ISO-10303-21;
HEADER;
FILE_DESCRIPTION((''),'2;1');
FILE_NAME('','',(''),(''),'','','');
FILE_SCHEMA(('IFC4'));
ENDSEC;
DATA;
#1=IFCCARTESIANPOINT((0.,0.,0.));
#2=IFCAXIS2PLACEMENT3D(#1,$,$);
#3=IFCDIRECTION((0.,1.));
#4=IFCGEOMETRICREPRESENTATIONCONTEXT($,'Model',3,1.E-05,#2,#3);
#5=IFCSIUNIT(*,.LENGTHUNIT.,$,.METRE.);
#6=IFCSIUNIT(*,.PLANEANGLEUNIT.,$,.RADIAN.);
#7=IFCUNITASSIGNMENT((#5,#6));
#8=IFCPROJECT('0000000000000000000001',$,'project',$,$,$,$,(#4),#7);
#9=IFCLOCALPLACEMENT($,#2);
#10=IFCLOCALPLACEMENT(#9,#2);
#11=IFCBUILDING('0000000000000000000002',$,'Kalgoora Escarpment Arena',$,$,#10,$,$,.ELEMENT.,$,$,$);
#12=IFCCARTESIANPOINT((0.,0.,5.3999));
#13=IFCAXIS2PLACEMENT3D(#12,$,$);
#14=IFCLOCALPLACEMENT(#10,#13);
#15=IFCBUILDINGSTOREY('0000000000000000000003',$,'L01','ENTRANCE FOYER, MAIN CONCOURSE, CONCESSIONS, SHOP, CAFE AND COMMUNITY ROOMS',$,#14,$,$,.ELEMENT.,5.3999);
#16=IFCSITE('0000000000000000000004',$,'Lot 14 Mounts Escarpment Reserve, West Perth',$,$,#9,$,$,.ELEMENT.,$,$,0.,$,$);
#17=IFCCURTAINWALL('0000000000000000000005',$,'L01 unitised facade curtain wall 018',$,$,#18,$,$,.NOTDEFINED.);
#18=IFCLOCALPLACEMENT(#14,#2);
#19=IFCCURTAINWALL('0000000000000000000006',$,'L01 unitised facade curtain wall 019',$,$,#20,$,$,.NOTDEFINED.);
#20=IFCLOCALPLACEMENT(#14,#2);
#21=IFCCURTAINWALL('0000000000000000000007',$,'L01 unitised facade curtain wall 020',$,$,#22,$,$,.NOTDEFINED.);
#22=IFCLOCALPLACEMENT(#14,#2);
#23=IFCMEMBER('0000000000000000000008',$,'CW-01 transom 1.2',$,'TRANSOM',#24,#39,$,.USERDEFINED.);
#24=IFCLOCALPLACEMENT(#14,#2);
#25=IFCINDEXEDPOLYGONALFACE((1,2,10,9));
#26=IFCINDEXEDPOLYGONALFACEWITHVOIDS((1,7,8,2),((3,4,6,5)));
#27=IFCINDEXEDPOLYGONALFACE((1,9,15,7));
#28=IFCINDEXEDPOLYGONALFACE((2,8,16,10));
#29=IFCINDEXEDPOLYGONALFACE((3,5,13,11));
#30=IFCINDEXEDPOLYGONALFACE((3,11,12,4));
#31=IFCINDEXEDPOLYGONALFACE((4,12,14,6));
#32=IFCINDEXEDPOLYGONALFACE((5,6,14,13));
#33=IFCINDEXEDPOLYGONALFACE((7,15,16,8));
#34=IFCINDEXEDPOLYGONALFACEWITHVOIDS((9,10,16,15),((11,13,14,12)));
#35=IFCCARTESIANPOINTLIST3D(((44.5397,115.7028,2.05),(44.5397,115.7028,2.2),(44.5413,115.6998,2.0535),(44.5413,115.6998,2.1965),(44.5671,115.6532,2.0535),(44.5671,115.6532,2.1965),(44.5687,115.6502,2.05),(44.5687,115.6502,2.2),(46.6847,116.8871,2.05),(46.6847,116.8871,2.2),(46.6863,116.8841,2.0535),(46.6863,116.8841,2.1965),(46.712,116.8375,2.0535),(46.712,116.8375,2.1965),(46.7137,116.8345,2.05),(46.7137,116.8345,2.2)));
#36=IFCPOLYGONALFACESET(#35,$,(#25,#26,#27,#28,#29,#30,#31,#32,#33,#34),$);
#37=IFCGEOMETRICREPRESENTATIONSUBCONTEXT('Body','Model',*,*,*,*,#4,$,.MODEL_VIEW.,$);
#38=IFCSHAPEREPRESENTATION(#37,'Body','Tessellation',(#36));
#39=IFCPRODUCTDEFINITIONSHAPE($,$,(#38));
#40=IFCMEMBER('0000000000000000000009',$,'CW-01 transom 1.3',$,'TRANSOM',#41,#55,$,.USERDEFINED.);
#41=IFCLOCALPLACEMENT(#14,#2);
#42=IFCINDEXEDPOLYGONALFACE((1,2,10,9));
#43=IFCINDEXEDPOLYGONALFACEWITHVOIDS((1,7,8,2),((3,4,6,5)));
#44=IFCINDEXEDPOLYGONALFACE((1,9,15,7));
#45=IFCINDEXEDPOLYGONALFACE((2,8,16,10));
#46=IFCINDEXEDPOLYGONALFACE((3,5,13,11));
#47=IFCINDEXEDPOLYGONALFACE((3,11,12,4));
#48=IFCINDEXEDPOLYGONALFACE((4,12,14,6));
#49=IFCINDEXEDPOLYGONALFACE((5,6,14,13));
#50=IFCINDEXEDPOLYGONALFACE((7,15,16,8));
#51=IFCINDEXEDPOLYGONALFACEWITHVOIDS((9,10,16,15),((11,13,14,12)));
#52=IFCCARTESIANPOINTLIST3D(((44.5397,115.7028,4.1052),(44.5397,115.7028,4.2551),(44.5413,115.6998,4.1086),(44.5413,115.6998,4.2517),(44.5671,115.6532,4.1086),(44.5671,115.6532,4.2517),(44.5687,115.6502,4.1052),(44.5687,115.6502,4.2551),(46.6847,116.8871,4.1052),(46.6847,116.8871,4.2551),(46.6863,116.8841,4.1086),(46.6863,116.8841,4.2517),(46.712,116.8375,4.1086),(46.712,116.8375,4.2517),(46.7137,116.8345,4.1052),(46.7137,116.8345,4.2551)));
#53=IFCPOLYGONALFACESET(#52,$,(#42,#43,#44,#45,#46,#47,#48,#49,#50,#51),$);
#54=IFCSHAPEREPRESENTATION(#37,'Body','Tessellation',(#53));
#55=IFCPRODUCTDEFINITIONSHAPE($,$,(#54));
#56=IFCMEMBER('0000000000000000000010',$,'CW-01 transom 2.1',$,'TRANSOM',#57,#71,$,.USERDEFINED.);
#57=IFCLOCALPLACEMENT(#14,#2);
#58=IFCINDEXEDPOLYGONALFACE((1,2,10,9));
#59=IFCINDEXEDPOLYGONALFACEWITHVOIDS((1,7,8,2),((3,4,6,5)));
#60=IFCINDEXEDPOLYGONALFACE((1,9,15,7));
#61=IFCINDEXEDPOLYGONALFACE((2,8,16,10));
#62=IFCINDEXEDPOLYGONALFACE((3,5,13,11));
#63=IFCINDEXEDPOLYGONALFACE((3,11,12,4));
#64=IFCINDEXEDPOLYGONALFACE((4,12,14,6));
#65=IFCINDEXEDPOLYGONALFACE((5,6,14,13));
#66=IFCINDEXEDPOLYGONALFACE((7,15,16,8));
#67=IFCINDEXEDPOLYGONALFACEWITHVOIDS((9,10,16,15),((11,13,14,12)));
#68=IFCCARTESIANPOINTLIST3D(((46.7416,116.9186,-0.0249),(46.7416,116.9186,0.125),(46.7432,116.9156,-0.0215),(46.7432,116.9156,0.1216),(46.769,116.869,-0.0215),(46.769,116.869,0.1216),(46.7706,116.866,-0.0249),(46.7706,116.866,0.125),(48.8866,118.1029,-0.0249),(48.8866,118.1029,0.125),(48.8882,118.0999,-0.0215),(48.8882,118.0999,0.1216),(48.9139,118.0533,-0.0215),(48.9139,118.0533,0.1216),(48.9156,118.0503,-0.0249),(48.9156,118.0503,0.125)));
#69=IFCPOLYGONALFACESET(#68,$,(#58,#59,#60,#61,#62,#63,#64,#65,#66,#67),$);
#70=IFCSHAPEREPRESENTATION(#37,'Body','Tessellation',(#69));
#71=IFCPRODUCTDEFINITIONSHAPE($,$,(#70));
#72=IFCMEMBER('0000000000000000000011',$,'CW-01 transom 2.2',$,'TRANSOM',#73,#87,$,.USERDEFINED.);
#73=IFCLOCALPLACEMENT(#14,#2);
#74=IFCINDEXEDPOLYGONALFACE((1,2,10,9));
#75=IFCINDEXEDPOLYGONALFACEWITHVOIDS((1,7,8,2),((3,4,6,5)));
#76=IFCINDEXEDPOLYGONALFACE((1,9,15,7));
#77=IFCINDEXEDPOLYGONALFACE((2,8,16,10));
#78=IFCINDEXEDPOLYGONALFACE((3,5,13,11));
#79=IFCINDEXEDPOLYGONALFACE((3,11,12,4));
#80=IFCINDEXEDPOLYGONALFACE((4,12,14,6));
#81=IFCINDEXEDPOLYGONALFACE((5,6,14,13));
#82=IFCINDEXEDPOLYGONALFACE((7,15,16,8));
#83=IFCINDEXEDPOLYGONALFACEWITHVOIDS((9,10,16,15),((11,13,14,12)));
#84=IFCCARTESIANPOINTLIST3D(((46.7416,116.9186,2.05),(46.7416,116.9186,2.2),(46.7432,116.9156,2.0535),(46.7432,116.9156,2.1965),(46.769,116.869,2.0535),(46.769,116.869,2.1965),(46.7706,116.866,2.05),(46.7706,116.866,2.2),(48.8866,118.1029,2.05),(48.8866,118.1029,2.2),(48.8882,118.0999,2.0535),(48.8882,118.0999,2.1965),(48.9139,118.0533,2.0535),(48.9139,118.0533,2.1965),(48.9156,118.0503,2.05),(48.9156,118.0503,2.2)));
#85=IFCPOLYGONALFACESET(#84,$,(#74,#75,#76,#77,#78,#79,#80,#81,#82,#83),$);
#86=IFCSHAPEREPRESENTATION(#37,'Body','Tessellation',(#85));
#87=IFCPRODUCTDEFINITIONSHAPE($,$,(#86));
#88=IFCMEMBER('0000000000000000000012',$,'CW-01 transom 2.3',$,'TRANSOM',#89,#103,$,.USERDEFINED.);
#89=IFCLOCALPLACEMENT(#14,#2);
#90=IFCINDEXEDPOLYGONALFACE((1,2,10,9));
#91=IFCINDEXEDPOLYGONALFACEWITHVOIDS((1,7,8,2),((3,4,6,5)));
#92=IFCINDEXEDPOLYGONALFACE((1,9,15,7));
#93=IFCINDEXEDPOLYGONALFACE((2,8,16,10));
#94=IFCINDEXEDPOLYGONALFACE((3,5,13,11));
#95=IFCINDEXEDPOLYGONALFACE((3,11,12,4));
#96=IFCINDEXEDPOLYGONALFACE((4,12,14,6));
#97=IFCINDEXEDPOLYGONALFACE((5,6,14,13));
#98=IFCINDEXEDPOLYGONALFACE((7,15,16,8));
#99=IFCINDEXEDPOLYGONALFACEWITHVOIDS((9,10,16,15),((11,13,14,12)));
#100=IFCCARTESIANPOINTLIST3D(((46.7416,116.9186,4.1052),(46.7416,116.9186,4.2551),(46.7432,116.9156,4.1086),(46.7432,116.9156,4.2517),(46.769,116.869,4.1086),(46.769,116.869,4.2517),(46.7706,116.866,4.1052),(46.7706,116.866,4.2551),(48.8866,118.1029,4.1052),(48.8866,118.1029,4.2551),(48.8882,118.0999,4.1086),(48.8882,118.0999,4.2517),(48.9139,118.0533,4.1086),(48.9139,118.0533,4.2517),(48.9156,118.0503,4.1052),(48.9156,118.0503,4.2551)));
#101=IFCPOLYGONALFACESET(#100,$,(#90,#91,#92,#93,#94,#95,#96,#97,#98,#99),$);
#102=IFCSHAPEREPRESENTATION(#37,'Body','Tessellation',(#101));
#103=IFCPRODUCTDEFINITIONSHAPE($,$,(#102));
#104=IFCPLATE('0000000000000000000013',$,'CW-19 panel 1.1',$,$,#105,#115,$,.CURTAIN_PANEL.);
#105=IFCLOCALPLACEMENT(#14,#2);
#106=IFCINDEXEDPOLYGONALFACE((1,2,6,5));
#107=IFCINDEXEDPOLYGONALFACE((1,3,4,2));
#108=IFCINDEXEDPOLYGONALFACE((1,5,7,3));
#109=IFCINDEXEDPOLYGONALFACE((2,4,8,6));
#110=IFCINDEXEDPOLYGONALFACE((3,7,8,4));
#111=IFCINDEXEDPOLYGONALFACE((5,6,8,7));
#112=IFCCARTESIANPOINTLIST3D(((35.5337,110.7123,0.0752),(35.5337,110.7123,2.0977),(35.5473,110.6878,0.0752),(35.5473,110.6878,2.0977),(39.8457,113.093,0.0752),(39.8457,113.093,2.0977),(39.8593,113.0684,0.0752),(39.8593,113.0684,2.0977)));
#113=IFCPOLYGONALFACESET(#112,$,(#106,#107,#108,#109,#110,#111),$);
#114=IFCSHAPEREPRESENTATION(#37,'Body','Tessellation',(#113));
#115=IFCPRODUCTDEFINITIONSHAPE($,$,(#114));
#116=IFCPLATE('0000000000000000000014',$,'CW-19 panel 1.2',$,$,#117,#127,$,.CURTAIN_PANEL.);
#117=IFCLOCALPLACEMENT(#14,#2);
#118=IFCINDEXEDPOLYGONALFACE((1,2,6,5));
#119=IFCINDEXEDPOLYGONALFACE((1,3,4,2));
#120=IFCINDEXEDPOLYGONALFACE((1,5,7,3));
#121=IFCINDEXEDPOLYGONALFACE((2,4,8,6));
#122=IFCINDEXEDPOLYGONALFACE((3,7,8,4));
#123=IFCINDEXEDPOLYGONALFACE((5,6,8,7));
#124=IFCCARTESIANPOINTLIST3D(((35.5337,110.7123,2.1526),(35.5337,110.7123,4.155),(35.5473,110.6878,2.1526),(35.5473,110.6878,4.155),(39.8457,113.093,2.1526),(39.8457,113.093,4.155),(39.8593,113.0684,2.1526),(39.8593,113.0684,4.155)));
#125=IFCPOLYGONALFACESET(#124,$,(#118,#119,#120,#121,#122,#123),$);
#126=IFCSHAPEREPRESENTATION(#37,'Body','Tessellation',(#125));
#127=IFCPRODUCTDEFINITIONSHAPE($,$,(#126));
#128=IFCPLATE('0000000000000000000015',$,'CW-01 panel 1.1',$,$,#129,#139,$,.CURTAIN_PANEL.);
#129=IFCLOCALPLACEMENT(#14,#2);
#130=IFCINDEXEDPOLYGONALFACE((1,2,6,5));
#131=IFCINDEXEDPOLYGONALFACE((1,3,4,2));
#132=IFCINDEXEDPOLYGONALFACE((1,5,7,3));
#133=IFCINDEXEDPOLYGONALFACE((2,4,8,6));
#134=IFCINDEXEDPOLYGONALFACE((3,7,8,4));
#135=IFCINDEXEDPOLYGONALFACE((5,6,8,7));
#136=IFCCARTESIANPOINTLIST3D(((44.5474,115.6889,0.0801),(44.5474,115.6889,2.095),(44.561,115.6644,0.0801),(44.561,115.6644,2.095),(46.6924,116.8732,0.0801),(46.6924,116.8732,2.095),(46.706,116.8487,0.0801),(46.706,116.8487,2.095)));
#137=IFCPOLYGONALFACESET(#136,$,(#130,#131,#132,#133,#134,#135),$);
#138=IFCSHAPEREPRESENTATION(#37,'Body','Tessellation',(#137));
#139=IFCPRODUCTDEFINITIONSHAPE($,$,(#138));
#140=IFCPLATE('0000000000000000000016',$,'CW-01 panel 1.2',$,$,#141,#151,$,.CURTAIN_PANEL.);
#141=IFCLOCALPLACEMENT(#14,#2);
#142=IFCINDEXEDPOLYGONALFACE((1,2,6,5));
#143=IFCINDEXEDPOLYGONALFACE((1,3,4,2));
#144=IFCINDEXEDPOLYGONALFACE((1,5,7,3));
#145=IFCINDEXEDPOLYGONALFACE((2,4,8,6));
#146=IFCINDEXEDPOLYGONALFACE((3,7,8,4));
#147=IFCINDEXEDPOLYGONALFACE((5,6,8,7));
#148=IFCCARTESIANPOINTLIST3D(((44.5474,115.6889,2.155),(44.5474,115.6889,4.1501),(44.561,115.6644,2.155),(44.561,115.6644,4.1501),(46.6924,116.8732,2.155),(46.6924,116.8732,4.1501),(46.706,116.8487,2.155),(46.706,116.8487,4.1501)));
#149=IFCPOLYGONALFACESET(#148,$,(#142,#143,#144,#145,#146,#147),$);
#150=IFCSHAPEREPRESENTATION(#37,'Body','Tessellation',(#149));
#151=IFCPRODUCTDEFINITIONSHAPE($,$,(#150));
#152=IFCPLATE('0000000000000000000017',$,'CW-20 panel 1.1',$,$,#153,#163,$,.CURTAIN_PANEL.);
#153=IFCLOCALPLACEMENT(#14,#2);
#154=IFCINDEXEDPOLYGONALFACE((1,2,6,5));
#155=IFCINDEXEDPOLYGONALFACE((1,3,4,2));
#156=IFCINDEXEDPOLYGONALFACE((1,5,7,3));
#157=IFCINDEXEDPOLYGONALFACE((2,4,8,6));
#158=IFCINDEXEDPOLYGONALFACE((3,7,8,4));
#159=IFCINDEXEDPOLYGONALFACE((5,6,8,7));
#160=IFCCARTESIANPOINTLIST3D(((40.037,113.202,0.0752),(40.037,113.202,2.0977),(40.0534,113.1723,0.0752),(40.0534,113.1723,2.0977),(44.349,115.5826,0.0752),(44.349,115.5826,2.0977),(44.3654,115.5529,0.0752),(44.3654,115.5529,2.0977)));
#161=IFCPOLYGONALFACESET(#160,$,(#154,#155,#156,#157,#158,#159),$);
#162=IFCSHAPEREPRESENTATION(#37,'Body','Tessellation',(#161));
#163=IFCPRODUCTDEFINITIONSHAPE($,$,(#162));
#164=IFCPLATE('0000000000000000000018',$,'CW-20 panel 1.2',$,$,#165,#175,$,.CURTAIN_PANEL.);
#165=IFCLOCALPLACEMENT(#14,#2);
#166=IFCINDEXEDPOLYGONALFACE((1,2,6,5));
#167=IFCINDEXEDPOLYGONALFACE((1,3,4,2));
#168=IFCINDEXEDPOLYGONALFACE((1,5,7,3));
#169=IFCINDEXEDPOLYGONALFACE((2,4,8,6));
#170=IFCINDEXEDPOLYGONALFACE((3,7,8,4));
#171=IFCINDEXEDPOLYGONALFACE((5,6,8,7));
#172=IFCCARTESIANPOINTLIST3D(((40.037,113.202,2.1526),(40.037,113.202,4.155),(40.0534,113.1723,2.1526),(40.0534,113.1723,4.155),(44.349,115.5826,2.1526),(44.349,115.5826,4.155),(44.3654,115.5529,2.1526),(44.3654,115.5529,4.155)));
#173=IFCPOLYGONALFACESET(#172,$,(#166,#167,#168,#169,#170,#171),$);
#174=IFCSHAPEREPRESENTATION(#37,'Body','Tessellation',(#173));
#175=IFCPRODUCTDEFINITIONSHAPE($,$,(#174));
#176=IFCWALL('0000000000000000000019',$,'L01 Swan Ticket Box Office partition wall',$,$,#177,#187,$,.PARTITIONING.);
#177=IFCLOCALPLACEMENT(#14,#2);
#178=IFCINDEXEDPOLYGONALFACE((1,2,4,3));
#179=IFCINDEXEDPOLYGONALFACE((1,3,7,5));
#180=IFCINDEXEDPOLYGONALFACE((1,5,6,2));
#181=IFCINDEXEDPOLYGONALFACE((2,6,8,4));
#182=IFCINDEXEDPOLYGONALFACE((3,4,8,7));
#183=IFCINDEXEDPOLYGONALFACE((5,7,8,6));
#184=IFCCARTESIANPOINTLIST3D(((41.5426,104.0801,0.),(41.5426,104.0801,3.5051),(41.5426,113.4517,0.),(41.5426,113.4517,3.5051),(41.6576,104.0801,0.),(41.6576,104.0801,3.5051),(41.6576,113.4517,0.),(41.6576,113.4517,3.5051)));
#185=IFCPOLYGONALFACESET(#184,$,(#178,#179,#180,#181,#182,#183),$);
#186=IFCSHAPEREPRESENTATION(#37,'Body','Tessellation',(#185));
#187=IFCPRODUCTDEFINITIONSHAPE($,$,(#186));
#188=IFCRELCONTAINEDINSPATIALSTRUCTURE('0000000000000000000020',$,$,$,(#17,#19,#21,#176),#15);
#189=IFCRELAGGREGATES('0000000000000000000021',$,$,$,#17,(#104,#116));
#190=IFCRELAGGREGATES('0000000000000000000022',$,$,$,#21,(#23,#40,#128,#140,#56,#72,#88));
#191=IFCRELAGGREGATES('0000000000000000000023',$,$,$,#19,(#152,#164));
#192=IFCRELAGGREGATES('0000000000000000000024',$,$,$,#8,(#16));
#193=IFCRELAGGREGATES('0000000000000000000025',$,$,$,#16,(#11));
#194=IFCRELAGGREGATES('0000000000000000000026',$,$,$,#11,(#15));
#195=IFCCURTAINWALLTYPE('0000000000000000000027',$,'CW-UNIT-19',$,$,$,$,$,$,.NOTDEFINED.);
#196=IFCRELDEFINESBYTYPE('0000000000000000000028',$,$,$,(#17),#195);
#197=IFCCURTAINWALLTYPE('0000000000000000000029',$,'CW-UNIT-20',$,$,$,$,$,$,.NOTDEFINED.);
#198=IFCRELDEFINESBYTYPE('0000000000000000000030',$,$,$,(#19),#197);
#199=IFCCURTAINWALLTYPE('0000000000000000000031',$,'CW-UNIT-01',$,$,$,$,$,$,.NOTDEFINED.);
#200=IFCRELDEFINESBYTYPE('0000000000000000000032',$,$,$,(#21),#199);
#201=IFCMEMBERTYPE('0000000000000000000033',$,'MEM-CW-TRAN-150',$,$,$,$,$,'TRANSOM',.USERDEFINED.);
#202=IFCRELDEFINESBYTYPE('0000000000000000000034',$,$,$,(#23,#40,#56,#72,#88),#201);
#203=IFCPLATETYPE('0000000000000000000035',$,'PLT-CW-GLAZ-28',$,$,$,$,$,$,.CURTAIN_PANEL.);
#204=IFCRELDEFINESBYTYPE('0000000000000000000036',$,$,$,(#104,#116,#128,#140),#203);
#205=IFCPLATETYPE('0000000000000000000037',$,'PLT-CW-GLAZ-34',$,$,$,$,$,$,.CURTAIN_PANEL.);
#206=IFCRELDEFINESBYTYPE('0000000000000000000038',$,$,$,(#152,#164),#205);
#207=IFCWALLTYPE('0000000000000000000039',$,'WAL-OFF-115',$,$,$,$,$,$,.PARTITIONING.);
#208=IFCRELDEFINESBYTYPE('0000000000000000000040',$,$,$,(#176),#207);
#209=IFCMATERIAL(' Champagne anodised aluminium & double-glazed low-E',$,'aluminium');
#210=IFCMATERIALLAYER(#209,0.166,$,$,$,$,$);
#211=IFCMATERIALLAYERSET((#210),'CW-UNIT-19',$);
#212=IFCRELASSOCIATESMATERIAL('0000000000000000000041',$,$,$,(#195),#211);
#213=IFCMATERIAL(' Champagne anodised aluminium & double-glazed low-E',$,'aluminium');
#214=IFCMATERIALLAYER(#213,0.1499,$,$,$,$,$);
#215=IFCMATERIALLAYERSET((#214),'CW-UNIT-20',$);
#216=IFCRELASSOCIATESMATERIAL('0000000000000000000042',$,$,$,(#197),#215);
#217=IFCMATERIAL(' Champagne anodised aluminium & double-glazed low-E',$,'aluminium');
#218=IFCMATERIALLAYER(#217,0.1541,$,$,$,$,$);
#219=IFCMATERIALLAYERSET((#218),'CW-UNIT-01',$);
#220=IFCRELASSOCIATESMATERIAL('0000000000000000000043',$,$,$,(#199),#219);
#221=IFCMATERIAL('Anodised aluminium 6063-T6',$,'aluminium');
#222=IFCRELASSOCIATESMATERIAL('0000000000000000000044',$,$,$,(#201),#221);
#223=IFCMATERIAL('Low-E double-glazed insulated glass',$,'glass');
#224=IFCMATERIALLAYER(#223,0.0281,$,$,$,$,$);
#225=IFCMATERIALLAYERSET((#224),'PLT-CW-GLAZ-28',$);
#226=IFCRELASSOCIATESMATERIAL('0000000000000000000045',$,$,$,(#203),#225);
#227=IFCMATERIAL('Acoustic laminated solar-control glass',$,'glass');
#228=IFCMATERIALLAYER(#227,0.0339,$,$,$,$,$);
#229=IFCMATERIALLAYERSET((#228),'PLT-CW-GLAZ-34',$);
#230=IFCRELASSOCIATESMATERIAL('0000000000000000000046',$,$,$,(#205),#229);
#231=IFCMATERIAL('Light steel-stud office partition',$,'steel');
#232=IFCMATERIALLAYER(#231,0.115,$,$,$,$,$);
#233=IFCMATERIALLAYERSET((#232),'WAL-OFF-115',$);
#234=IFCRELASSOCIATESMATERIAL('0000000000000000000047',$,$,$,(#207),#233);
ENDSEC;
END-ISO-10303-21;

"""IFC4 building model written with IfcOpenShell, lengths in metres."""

from ifc_helpers import new_model, si_unit, direction, frame, frame_2d, origin, origin_2d, place, context, subcontext, project, spatial, rectangle, hollow_rectangle, extrude, material, layer, layer_set, material_profile, profile_set, type_object, element, aggregate, save


model = new_model("IFC4")

# Units and contexts
model_context = context("Model", 3, precision=1e-05, world=origin(), true_north=direction((0.0, 1.0)))
body_context = subcontext(model_context, "Body", "Model", "MODEL_VIEW")
ifc_project = project(units=[si_unit("LENGTHUNIT", "METRE"), si_unit("PLANEANGLEUNIT", "RADIAN")], contexts=[model_context])

# Site, building, storey
site_placement = place(None, origin())
site = spatial("IfcSite", under=ifc_project, at=site_placement, Name="Lot 14 Mounts Escarpment Reserve, West Perth", CompositionType="ELEMENT", RefElevation=0.0)
building_placement = place(site_placement, origin())
building = spatial("IfcBuilding", under=site, at=building_placement, Name="Kalgoora Escarpment Arena", CompositionType="ELEMENT")
storey_placement = place(building_placement, frame((0.0, 0.0, 5.3999)))
storey = spatial("IfcBuildingStorey", under=building, at=storey_placement, Name="L01", Description="ENTRANCE FOYER, MAIN CONCOURSE, CONCESSIONS, SHOP, CAFE AND COMMUNITY ROOMS", CompositionType="ELEMENT", Elevation=5.3999)

# Curtain wall
ifc_material_1 = material(Name=" Champagne anodised aluminium & double-glazed low-E", Category="aluminium")
ifc_layer_1 = layer(ifc_material_1, 0.166)
ifc_layer_set_1 = layer_set([ifc_layer_1], Name="CW-UNIT-19")
curtain_wall_type_1 = type_object("IfcCurtainWallType", Name="CW-UNIT-19", PredefinedType="NOTDEFINED", material=ifc_layer_set_1)
curtain_wall_1_placement = place(storey_placement, origin())
curtain_wall_1 = element("IfcCurtainWall", 1, at=curtain_wall_1_placement, inside=storey, type_object=curtain_wall_type_1, Name="L01 unitised facade curtain wall 018", PredefinedType="NOTDEFINED")

# Curtain walls
ifc_material_2 = material(Name=" Champagne anodised aluminium & double-glazed low-E", Category="aluminium")
ifc_layer_2 = layer(ifc_material_2, 0.1499)
ifc_layer_set_2 = layer_set([ifc_layer_2], Name="CW-UNIT-20")
curtain_wall_type_2 = type_object("IfcCurtainWallType", Name="CW-UNIT-20", PredefinedType="NOTDEFINED", material=ifc_layer_set_2)
curtain_wall_2_placement = place(storey_placement, origin())
curtain_wall_2 = element("IfcCurtainWall", 2, at=curtain_wall_2_placement, inside=storey, type_object=curtain_wall_type_2, Name="L01 unitised facade curtain wall 019", PredefinedType="NOTDEFINED")
ifc_material_3 = material(Name=" Champagne anodised aluminium & double-glazed low-E", Category="aluminium")
ifc_layer_3 = layer(ifc_material_3, 0.1541)
ifc_layer_set_3 = layer_set([ifc_layer_3], Name="CW-UNIT-01")
curtain_wall_type_3 = type_object("IfcCurtainWallType", Name="CW-UNIT-01", PredefinedType="NOTDEFINED", material=ifc_layer_set_3)
curtain_wall_3_placement = place(storey_placement, origin())
curtain_wall_3 = element("IfcCurtainWall", 3, at=curtain_wall_3_placement, inside=storey, type_object=curtain_wall_type_3, Name="L01 unitised facade curtain wall 020", PredefinedType="NOTDEFINED")

# Members
ifc_material_4 = material(Name="Anodised aluminium 6063-T6", Category="aluminium")
ifc_material_profile_1 = material_profile(ifc_material_4, hollow_rectangle(XDim=0.0601, YDim=0.1499, WallThickness=0.0034, at=origin_2d()))
ifc_profile_set_1 = profile_set([ifc_material_profile_1], Name="Anodised aluminium 6063-T6")
member_type_1 = type_object("IfcMemberType", Name="MEM-CW-TRAN-150", ElementType="TRANSOM", PredefinedType="USERDEFINED", material=ifc_profile_set_1)
member_1_placement = place(storey_placement, frame((44.5542, 115.6765, 2.125), z_axis=(0.875428, 0.483349, 0.0), x_axis=(-0.483349, 0.875428, 0.0)))
member_1 = element("IfcMember", 4, at=member_1_placement, type_object=member_type_1, Name="CW-01 transom 1.2", ObjectType="TRANSOM", PredefinedType="USERDEFINED", context=body_context, shape_type="SweptSolid", body=[
    extrude(hollow_rectangle(XDim=0.0601, YDim=0.1499, WallThickness=0.0034, at=origin_2d()), origin(), (0.0, 0.0, 1.0), 2.4502),
])
member_2_placement = place(storey_placement, frame((44.5542, 115.6765, 4.1802), z_axis=(0.875428, 0.483349, 0.0), x_axis=(-0.483349, 0.875428, 0.0)))
member_2 = element("IfcMember", 5, at=member_2_placement, type_object=member_type_1, Name="CW-01 transom 1.3", ObjectType="TRANSOM", PredefinedType="USERDEFINED", context=body_context, shape_type="SweptSolid", body=[
    extrude(hollow_rectangle(XDim=0.0601, YDim=0.1499, WallThickness=0.0034, at=origin_2d()), origin(), (0.0, 0.0, 1.0), 2.4502),
])
member_3_placement = place(storey_placement, frame((46.7561, 116.8923, 0.05), z_axis=(0.875428, 0.483349, 0.0), x_axis=(-0.483349, 0.875428, 0.0)))
member_3 = element("IfcMember", 6, at=member_3_placement, type_object=member_type_1, Name="CW-01 transom 2.1", ObjectType="TRANSOM", PredefinedType="USERDEFINED", context=body_context, shape_type="SweptSolid", body=[
    extrude(hollow_rectangle(XDim=0.0601, YDim=0.1499, WallThickness=0.0034, at=origin_2d()), origin(), (0.0, 0.0, 1.0), 2.4502),
])
member_4_placement = place(storey_placement, frame((46.7561, 116.8923, 2.125), z_axis=(0.875428, 0.483349, 0.0), x_axis=(-0.483349, 0.875428, 0.0)))
member_4 = element("IfcMember", 7, at=member_4_placement, type_object=member_type_1, Name="CW-01 transom 2.2", ObjectType="TRANSOM", PredefinedType="USERDEFINED", context=body_context, shape_type="SweptSolid", body=[
    extrude(hollow_rectangle(XDim=0.0601, YDim=0.1499, WallThickness=0.0034, at=origin_2d()), origin(), (0.0, 0.0, 1.0), 2.4502),
])
member_5_placement = place(storey_placement, frame((46.7561, 116.8923, 4.1802), z_axis=(0.875428, 0.483349, 0.0), x_axis=(-0.483349, 0.875428, 0.0)))
member_5 = element("IfcMember", 8, at=member_5_placement, type_object=member_type_1, Name="CW-01 transom 2.3", ObjectType="TRANSOM", PredefinedType="USERDEFINED", context=body_context, shape_type="SweptSolid", body=[
    extrude(hollow_rectangle(XDim=0.0601, YDim=0.1499, WallThickness=0.0034, at=origin_2d()), origin(), (0.0, 0.0, 1.0), 2.4502),
])

# Plates
ifc_material_5 = material(Name="Low-E double-glazed insulated glass", Category="glass")
ifc_layer_4 = layer(ifc_material_5, 0.0281)
ifc_layer_set_4 = layer_set([ifc_layer_4], Name="PLT-CW-GLAZ-28")
plate_type_1 = type_object("IfcPlateType", Name="PLT-CW-GLAZ-28", PredefinedType="CURTAIN_PANEL", material=ifc_layer_set_4)
plate_1_placement = place(storey_placement, frame((37.6965, 111.8904, 0.0752), z_axis=(0.0, 0.0, 1.0), x_axis=(0.875437, 0.483332, 0.0)))
plate_1 = element("IfcPlate", 9, at=plate_1_placement, type_object=plate_type_1, Name="CW-19 panel 1.1", PredefinedType="CURTAIN_PANEL", context=body_context, shape_type="SweptSolid", body=[
    extrude(rectangle(XDim=4.9255, YDim=0.0281, at=origin_2d()), origin(), (0.0, 0.0, 1.0), 2.0225),
])
plate_2_placement = place(storey_placement, frame((37.6965, 111.8904, 2.1526), z_axis=(0.0, 0.0, 1.0), x_axis=(0.875437, 0.483332, 0.0)))
plate_2 = element("IfcPlate", 10, at=plate_2_placement, type_object=plate_type_1, Name="CW-19 panel 1.2", PredefinedType="CURTAIN_PANEL", context=body_context, shape_type="SweptSolid", body=[
    extrude(rectangle(XDim=4.9255, YDim=0.0281, at=origin_2d()), origin(), (0.0, 0.0, 1.0), 2.0024),
])
aggregate(curtain_wall_1, [plate_1, plate_2])
plate_3_placement = place(storey_placement, frame((45.6267, 116.2688, 0.0801), z_axis=(0.0, 0.0, 1.0), x_axis=(0.875431, 0.483343, 0.0)))
plate_3 = element("IfcPlate", 11, at=plate_3_placement, type_object=plate_type_1, Name="CW-01 panel 1.1", PredefinedType="CURTAIN_PANEL", context=body_context, shape_type="SweptSolid", body=[
    extrude(rectangle(XDim=2.4502, YDim=0.0281, at=origin_2d()), origin(), (0.0, 0.0, 1.0), 2.0149),
])
plate_4_placement = place(storey_placement, frame((45.6267, 116.2688, 2.155), z_axis=(0.0, 0.0, 1.0), x_axis=(0.875431, 0.483343, 0.0)))
plate_4 = element("IfcPlate", 12, at=plate_4_placement, type_object=plate_type_1, Name="CW-01 panel 1.2", PredefinedType="CURTAIN_PANEL", context=body_context, shape_type="SweptSolid", body=[
    extrude(rectangle(XDim=2.4502, YDim=0.0281, at=origin_2d()), origin(), (0.0, 0.0, 1.0), 1.9951),
])
aggregate(curtain_wall_3, [member_1, member_2, plate_3, plate_4, member_3, member_4, member_5])
ifc_material_6 = material(Name="Acoustic laminated solar-control glass", Category="glass")
ifc_layer_5 = layer(ifc_material_6, 0.0339)
ifc_layer_set_5 = layer_set([ifc_layer_5], Name="PLT-CW-GLAZ-34")
plate_type_2 = type_object("IfcPlateType", Name="PLT-CW-GLAZ-34", PredefinedType="CURTAIN_PANEL", material=ifc_layer_set_5)
plate_5_placement = place(storey_placement, frame((42.2012, 114.3774, 0.0752), z_axis=(0.0, 0.0, 1.0), x_axis=(0.875437, 0.483332, 0.0)))
plate_5 = element("IfcPlate", 13, at=plate_5_placement, type_object=plate_type_2, Name="CW-20 panel 1.1", PredefinedType="CURTAIN_PANEL", context=body_context, shape_type="SweptSolid", body=[
    extrude(rectangle(XDim=4.9255, YDim=0.0339, at=origin_2d()), origin(), (0.0, 0.0, 1.0), 2.0225),
])
plate_6_placement = place(storey_placement, frame((42.2012, 114.3774, 2.1526), z_axis=(0.0, 0.0, 1.0), x_axis=(0.875437, 0.483332, 0.0)))
plate_6 = element("IfcPlate", 14, at=plate_6_placement, type_object=plate_type_2, Name="CW-20 panel 1.2", PredefinedType="CURTAIN_PANEL", context=body_context, shape_type="SweptSolid", body=[
    extrude(rectangle(XDim=4.9255, YDim=0.0339, at=origin_2d()), origin(), (0.0, 0.0, 1.0), 2.0024),
])
aggregate(curtain_wall_2, [plate_5, plate_6])

# Wall
ifc_material_7 = material(Name="Light steel-stud office partition", Category="steel")
ifc_layer_6 = layer(ifc_material_7, 0.115)
ifc_layer_set_6 = layer_set([ifc_layer_6], Name="WAL-OFF-115")
wall_type = type_object("IfcWallType", Name="WAL-OFF-115", PredefinedType="PARTITIONING", material=ifc_layer_set_6)
wall_placement = place(storey_placement, frame((41.6001, 113.4517, 0.0), z_axis=(0.0, 0.0, 1.0), x_axis=(0.0, -1.0, 0.0)))
element("IfcWall", 15, at=wall_placement, inside=storey, type_object=wall_type, Name="L01 Swan Ticket Box Office partition wall", PredefinedType="PARTITIONING", context=body_context, shape_type="SweptSolid", body=[
    extrude(rectangle(XDim=9.3716, YDim=0.115, at=frame_2d((4.6858, 0.0))), origin(), (0.0, 0.0, 1.0), 3.5051),
])

save(model, "model.ifc")
